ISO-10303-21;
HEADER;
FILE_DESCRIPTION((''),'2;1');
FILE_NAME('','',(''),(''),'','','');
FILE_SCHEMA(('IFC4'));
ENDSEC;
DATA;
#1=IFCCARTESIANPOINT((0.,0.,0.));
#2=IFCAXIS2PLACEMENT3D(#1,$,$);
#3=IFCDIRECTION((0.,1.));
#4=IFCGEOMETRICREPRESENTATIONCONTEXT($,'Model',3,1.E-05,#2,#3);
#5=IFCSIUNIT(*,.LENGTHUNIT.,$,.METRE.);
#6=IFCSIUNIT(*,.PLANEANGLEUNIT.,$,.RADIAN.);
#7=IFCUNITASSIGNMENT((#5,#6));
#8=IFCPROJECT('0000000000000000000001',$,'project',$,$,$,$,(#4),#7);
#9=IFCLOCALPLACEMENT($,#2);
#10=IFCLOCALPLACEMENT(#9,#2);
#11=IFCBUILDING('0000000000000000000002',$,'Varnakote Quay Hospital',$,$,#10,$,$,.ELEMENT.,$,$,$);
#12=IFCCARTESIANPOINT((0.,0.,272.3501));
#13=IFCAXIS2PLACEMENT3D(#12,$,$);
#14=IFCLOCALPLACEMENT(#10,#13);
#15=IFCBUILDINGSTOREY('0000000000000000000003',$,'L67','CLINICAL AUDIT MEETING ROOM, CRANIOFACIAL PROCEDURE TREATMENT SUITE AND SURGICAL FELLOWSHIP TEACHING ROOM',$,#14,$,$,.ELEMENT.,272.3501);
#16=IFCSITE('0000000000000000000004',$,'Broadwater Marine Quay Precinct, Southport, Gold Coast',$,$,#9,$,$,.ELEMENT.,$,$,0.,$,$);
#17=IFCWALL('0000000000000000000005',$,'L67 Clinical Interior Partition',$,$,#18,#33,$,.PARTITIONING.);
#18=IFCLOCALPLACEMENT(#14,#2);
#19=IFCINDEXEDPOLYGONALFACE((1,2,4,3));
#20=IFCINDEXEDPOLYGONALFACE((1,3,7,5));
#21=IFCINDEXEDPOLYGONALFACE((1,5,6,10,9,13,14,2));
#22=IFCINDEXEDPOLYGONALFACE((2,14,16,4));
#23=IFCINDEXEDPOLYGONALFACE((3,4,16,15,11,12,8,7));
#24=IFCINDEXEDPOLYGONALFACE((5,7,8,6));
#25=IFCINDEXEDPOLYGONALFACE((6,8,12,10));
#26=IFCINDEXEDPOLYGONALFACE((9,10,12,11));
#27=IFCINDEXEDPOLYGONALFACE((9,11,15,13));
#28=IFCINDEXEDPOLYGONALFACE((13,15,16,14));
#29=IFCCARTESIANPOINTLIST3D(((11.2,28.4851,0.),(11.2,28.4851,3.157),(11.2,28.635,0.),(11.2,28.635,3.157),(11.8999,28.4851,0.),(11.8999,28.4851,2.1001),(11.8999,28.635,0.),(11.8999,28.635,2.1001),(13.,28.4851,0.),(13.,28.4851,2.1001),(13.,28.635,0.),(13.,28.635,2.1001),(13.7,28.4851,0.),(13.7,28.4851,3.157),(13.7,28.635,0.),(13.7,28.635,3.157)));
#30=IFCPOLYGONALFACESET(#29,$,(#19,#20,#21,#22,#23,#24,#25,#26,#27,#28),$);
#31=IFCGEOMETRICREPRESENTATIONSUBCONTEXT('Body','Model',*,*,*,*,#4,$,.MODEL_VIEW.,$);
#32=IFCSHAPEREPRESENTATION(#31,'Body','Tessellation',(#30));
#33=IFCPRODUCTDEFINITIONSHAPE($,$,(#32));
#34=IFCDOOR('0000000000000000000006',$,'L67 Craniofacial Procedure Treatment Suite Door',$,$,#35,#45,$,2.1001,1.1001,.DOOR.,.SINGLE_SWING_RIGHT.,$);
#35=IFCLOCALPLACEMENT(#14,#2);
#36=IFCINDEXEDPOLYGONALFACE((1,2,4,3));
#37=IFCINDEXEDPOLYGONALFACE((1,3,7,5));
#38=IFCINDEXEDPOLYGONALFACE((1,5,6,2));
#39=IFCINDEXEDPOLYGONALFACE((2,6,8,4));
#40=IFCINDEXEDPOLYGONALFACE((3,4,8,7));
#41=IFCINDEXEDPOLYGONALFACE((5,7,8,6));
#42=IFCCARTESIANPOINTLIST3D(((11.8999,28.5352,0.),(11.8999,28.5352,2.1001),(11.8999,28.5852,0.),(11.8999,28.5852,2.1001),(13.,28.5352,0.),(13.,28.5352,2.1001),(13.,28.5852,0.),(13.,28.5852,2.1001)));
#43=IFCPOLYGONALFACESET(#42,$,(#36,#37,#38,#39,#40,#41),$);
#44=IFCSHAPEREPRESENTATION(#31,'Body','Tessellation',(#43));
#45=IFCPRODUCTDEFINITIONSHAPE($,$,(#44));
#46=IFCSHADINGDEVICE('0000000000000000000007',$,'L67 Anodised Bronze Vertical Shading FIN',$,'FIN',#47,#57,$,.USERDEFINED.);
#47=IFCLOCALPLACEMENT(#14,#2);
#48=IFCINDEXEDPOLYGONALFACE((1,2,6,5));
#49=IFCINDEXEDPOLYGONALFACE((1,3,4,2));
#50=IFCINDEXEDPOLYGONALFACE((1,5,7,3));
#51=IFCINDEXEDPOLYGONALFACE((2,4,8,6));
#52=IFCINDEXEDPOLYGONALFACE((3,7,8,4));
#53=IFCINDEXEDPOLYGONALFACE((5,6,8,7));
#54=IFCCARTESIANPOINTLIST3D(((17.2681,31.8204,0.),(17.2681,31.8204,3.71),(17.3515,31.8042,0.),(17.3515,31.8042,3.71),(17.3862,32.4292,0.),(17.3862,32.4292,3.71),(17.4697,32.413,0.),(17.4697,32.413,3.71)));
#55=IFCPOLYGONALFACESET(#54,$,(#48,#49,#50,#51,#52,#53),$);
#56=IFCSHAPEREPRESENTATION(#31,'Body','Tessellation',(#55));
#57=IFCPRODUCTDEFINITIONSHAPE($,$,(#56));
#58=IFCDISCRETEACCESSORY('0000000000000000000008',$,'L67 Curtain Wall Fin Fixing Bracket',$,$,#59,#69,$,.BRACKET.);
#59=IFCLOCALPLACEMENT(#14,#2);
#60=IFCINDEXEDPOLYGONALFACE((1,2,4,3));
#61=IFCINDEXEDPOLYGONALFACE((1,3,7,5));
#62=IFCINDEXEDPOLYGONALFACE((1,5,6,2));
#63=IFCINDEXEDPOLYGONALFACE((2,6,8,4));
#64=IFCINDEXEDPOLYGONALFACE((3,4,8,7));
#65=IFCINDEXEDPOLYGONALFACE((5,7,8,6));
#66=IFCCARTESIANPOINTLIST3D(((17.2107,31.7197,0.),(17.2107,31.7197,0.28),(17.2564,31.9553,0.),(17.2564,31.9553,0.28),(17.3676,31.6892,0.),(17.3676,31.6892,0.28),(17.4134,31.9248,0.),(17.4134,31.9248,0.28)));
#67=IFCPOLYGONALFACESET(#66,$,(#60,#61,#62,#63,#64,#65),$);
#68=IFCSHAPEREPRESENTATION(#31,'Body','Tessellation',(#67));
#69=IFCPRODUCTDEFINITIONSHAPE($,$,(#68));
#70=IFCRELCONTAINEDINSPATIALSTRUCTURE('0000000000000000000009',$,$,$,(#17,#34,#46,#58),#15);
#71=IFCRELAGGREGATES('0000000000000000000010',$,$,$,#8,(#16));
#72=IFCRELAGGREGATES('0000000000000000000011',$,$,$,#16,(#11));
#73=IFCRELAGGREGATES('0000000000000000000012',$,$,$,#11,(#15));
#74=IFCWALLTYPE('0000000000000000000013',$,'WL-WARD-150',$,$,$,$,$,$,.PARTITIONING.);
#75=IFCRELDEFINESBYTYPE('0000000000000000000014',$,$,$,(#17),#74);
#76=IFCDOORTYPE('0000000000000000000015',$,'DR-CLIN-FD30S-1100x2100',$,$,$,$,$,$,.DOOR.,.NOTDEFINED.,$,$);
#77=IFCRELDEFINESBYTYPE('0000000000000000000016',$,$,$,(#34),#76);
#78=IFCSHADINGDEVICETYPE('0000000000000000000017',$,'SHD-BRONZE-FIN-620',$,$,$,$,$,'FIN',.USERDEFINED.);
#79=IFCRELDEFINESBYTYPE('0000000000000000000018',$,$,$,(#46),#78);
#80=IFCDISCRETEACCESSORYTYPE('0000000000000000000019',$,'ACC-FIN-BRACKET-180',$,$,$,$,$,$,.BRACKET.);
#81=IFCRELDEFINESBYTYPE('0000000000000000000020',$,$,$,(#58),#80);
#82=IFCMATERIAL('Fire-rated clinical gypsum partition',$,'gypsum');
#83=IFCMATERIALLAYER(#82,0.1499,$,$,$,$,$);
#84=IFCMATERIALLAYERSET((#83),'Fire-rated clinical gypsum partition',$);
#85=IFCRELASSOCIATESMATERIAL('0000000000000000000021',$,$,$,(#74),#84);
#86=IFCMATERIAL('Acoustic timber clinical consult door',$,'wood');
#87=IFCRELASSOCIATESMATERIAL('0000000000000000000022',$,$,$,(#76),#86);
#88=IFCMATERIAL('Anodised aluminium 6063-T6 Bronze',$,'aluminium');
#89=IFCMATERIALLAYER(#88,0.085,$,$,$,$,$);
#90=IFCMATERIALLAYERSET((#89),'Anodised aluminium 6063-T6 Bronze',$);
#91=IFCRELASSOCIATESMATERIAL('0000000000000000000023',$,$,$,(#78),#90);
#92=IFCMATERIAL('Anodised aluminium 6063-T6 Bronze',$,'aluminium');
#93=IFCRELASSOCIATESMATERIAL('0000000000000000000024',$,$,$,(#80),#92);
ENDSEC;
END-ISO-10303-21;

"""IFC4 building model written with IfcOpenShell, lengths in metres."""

from ifc_helpers import new_model, si_unit, direction, frame, frame_2d, origin, origin_2d, place, context, subcontext, project, spatial, rectangle, extrude, material, layer, layer_set, type_object, element, fill, save


model = new_model("IFC4")

# Units and contexts
model_context = context("Model", 3, precision=1e-05, world=origin(), true_north=direction((0.0, 1.0)))
body_context = subcontext(model_context, "Body", "Model", "MODEL_VIEW")
ifc_project = project(units=[si_unit("LENGTHUNIT", "METRE"), si_unit("PLANEANGLEUNIT", "RADIAN")], contexts=[model_context])

# Site, building, storey
site_placement = place(None, origin())
site = spatial("IfcSite", under=ifc_project, at=site_placement, Name="Broadwater Marine Quay Precinct, Southport, Gold Coast", CompositionType="ELEMENT", RefElevation=0.0)
building_placement = place(site_placement, origin())
building = spatial("IfcBuilding", under=site, at=building_placement, Name="Varnakote Quay Hospital", CompositionType="ELEMENT")
storey_placement = place(building_placement, frame((0.0, 0.0, 272.3501)))
storey = spatial("IfcBuildingStorey", under=building, at=storey_placement, Name="L67", Description="CLINICAL AUDIT MEETING ROOM, CRANIOFACIAL PROCEDURE TREATMENT SUITE AND SURGICAL FELLOWSHIP TEACHING ROOM", CompositionType="ELEMENT", Elevation=272.3501)

# Wall, opening, door
ifc_material_1 = material(Name="Fire-rated clinical gypsum partition", Category="gypsum")
ifc_layer_1 = layer(ifc_material_1, 0.1499)
ifc_layer_set_1 = layer_set([ifc_layer_1], Name="Fire-rated clinical gypsum partition")
wall_type_1 = type_object("IfcWallType", Name="WL-WARD-150", PredefinedType="PARTITIONING", material=ifc_layer_set_1)
ifc_material_2 = material(Name="Acoustic timber clinical consult door", Category="wood")
door_type = type_object("IfcDoorType", Name="DR-CLIN-FD30S-1100x2100", OperationType="NOTDEFINED", PredefinedType="DOOR", material=ifc_material_2)
wall_1_placement = place(storey_placement, frame((13.7, 28.5601, 0.0), z_axis=(0.0, 0.0, 1.0), x_axis=(-1.0, 0.0, 0.0)))
wall_1 = element("IfcWall", 1, at=wall_1_placement, inside=storey, type_object=wall_type_1, Name="L67 Clinical Interior Partition", PredefinedType="PARTITIONING", context=body_context, shape_type="SweptSolid", body=[
    extrude(rectangle(XDim=2.5, YDim=0.1499, at=frame_2d((1.25, 0.0))), origin(), (0.0, 0.0, 1.0), 3.157),
])
opening_1_placement = place(wall_1_placement, frame((0.7, 0.0, 0.0)))
opening_1 = element("IfcOpeningElement", 2, at=opening_1_placement, cuts=wall_1, PredefinedType="OPENING", context=body_context, shape_type="SweptSolid", body=[
    extrude(rectangle(XDim=1.1001, YDim=2.1001, at=frame_2d((0.55, 1.05))), frame((0.0, 0.085, 0.0), z_axis=(0.0, -1.0, 0.0), x_axis=(1.0, 0.0, 0.0)), (0.0, 0.0, 1.0), 0.1699),
])
door_1_placement = place(opening_1_placement, origin())
door_1 = element("IfcDoor", 3, at=door_1_placement, inside=storey, type_object=door_type, Name="L67 Craniofacial Procedure Treatment Suite Door", OperationType="SINGLE_SWING_RIGHT", OverallHeight=2.1001, OverallWidth=1.1001, PredefinedType="DOOR", context=body_context, shape_type="SweptSolid", body=[
    extrude(rectangle(XDim=1.1001, YDim=2.1001, at=frame_2d((0.55, 1.05))), frame((0.0, 0.0249, 0.0), z_axis=(0.0, -1.0, 0.0), x_axis=(1.0, 0.0, 0.0)), (0.0, 0.0, 1.0), 0.05),
])
fill(opening_1, door_1)

# Shading device
ifc_material_3 = material(Name="Anodised aluminium 6063-T6 Bronze", Category="aluminium")
ifc_layer_2 = layer(ifc_material_3, 0.085)
ifc_layer_set_2 = layer_set([ifc_layer_2], Name="Anodised aluminium 6063-T6 Bronze")
shading_device_type = type_object("IfcShadingDeviceType", Name="SHD-BRONZE-FIN-620", ElementType="FIN", PredefinedType="USERDEFINED", material=ifc_layer_set_2)
shading_device_placement = place(storey_placement, frame((17.3689, 32.1167, 0.0), z_axis=(0.0, 0.0, 1.0), x_axis=(-0.190466, -0.981694, 0.0)))
element("IfcShadingDevice", 4, at=shading_device_placement, inside=storey, type_object=shading_device_type, Name="L67 Anodised Bronze Vertical Shading FIN", ObjectType="FIN", PredefinedType="USERDEFINED", context=body_context, shape_type="SweptSolid", body=[
    extrude(rectangle(XDim=0.6201, YDim=0.085, at=origin_2d()), origin(), (0.0, 0.0, 1.0), 3.71),
])

# Discrete accessory
ifc_material_4 = material(Name="Anodised aluminium 6063-T6 Bronze", Category="aluminium")
discrete_accessory_type = type_object("IfcDiscreteAccessoryType", Name="ACC-FIN-BRACKET-180", PredefinedType="BRACKET", material=ifc_material_4)
discrete_accessory_placement = place(storey_placement, frame((17.312, 31.8223, 0.0), z_axis=(0.0, 0.0, 1.0), x_axis=(-0.981694, 0.190466, 0.0)))
element("IfcDiscreteAccessory", 5, at=discrete_accessory_placement, inside=storey, type_object=discrete_accessory_type, Name="L67 Curtain Wall Fin Fixing Bracket", PredefinedType="BRACKET", context=body_context, shape_type="SweptSolid", body=[
    extrude(rectangle(XDim=0.1599, YDim=0.24, at=origin_2d()), origin(), (0.0, 0.0, 1.0), 0.28),
])

save(model, "model.ifc")
